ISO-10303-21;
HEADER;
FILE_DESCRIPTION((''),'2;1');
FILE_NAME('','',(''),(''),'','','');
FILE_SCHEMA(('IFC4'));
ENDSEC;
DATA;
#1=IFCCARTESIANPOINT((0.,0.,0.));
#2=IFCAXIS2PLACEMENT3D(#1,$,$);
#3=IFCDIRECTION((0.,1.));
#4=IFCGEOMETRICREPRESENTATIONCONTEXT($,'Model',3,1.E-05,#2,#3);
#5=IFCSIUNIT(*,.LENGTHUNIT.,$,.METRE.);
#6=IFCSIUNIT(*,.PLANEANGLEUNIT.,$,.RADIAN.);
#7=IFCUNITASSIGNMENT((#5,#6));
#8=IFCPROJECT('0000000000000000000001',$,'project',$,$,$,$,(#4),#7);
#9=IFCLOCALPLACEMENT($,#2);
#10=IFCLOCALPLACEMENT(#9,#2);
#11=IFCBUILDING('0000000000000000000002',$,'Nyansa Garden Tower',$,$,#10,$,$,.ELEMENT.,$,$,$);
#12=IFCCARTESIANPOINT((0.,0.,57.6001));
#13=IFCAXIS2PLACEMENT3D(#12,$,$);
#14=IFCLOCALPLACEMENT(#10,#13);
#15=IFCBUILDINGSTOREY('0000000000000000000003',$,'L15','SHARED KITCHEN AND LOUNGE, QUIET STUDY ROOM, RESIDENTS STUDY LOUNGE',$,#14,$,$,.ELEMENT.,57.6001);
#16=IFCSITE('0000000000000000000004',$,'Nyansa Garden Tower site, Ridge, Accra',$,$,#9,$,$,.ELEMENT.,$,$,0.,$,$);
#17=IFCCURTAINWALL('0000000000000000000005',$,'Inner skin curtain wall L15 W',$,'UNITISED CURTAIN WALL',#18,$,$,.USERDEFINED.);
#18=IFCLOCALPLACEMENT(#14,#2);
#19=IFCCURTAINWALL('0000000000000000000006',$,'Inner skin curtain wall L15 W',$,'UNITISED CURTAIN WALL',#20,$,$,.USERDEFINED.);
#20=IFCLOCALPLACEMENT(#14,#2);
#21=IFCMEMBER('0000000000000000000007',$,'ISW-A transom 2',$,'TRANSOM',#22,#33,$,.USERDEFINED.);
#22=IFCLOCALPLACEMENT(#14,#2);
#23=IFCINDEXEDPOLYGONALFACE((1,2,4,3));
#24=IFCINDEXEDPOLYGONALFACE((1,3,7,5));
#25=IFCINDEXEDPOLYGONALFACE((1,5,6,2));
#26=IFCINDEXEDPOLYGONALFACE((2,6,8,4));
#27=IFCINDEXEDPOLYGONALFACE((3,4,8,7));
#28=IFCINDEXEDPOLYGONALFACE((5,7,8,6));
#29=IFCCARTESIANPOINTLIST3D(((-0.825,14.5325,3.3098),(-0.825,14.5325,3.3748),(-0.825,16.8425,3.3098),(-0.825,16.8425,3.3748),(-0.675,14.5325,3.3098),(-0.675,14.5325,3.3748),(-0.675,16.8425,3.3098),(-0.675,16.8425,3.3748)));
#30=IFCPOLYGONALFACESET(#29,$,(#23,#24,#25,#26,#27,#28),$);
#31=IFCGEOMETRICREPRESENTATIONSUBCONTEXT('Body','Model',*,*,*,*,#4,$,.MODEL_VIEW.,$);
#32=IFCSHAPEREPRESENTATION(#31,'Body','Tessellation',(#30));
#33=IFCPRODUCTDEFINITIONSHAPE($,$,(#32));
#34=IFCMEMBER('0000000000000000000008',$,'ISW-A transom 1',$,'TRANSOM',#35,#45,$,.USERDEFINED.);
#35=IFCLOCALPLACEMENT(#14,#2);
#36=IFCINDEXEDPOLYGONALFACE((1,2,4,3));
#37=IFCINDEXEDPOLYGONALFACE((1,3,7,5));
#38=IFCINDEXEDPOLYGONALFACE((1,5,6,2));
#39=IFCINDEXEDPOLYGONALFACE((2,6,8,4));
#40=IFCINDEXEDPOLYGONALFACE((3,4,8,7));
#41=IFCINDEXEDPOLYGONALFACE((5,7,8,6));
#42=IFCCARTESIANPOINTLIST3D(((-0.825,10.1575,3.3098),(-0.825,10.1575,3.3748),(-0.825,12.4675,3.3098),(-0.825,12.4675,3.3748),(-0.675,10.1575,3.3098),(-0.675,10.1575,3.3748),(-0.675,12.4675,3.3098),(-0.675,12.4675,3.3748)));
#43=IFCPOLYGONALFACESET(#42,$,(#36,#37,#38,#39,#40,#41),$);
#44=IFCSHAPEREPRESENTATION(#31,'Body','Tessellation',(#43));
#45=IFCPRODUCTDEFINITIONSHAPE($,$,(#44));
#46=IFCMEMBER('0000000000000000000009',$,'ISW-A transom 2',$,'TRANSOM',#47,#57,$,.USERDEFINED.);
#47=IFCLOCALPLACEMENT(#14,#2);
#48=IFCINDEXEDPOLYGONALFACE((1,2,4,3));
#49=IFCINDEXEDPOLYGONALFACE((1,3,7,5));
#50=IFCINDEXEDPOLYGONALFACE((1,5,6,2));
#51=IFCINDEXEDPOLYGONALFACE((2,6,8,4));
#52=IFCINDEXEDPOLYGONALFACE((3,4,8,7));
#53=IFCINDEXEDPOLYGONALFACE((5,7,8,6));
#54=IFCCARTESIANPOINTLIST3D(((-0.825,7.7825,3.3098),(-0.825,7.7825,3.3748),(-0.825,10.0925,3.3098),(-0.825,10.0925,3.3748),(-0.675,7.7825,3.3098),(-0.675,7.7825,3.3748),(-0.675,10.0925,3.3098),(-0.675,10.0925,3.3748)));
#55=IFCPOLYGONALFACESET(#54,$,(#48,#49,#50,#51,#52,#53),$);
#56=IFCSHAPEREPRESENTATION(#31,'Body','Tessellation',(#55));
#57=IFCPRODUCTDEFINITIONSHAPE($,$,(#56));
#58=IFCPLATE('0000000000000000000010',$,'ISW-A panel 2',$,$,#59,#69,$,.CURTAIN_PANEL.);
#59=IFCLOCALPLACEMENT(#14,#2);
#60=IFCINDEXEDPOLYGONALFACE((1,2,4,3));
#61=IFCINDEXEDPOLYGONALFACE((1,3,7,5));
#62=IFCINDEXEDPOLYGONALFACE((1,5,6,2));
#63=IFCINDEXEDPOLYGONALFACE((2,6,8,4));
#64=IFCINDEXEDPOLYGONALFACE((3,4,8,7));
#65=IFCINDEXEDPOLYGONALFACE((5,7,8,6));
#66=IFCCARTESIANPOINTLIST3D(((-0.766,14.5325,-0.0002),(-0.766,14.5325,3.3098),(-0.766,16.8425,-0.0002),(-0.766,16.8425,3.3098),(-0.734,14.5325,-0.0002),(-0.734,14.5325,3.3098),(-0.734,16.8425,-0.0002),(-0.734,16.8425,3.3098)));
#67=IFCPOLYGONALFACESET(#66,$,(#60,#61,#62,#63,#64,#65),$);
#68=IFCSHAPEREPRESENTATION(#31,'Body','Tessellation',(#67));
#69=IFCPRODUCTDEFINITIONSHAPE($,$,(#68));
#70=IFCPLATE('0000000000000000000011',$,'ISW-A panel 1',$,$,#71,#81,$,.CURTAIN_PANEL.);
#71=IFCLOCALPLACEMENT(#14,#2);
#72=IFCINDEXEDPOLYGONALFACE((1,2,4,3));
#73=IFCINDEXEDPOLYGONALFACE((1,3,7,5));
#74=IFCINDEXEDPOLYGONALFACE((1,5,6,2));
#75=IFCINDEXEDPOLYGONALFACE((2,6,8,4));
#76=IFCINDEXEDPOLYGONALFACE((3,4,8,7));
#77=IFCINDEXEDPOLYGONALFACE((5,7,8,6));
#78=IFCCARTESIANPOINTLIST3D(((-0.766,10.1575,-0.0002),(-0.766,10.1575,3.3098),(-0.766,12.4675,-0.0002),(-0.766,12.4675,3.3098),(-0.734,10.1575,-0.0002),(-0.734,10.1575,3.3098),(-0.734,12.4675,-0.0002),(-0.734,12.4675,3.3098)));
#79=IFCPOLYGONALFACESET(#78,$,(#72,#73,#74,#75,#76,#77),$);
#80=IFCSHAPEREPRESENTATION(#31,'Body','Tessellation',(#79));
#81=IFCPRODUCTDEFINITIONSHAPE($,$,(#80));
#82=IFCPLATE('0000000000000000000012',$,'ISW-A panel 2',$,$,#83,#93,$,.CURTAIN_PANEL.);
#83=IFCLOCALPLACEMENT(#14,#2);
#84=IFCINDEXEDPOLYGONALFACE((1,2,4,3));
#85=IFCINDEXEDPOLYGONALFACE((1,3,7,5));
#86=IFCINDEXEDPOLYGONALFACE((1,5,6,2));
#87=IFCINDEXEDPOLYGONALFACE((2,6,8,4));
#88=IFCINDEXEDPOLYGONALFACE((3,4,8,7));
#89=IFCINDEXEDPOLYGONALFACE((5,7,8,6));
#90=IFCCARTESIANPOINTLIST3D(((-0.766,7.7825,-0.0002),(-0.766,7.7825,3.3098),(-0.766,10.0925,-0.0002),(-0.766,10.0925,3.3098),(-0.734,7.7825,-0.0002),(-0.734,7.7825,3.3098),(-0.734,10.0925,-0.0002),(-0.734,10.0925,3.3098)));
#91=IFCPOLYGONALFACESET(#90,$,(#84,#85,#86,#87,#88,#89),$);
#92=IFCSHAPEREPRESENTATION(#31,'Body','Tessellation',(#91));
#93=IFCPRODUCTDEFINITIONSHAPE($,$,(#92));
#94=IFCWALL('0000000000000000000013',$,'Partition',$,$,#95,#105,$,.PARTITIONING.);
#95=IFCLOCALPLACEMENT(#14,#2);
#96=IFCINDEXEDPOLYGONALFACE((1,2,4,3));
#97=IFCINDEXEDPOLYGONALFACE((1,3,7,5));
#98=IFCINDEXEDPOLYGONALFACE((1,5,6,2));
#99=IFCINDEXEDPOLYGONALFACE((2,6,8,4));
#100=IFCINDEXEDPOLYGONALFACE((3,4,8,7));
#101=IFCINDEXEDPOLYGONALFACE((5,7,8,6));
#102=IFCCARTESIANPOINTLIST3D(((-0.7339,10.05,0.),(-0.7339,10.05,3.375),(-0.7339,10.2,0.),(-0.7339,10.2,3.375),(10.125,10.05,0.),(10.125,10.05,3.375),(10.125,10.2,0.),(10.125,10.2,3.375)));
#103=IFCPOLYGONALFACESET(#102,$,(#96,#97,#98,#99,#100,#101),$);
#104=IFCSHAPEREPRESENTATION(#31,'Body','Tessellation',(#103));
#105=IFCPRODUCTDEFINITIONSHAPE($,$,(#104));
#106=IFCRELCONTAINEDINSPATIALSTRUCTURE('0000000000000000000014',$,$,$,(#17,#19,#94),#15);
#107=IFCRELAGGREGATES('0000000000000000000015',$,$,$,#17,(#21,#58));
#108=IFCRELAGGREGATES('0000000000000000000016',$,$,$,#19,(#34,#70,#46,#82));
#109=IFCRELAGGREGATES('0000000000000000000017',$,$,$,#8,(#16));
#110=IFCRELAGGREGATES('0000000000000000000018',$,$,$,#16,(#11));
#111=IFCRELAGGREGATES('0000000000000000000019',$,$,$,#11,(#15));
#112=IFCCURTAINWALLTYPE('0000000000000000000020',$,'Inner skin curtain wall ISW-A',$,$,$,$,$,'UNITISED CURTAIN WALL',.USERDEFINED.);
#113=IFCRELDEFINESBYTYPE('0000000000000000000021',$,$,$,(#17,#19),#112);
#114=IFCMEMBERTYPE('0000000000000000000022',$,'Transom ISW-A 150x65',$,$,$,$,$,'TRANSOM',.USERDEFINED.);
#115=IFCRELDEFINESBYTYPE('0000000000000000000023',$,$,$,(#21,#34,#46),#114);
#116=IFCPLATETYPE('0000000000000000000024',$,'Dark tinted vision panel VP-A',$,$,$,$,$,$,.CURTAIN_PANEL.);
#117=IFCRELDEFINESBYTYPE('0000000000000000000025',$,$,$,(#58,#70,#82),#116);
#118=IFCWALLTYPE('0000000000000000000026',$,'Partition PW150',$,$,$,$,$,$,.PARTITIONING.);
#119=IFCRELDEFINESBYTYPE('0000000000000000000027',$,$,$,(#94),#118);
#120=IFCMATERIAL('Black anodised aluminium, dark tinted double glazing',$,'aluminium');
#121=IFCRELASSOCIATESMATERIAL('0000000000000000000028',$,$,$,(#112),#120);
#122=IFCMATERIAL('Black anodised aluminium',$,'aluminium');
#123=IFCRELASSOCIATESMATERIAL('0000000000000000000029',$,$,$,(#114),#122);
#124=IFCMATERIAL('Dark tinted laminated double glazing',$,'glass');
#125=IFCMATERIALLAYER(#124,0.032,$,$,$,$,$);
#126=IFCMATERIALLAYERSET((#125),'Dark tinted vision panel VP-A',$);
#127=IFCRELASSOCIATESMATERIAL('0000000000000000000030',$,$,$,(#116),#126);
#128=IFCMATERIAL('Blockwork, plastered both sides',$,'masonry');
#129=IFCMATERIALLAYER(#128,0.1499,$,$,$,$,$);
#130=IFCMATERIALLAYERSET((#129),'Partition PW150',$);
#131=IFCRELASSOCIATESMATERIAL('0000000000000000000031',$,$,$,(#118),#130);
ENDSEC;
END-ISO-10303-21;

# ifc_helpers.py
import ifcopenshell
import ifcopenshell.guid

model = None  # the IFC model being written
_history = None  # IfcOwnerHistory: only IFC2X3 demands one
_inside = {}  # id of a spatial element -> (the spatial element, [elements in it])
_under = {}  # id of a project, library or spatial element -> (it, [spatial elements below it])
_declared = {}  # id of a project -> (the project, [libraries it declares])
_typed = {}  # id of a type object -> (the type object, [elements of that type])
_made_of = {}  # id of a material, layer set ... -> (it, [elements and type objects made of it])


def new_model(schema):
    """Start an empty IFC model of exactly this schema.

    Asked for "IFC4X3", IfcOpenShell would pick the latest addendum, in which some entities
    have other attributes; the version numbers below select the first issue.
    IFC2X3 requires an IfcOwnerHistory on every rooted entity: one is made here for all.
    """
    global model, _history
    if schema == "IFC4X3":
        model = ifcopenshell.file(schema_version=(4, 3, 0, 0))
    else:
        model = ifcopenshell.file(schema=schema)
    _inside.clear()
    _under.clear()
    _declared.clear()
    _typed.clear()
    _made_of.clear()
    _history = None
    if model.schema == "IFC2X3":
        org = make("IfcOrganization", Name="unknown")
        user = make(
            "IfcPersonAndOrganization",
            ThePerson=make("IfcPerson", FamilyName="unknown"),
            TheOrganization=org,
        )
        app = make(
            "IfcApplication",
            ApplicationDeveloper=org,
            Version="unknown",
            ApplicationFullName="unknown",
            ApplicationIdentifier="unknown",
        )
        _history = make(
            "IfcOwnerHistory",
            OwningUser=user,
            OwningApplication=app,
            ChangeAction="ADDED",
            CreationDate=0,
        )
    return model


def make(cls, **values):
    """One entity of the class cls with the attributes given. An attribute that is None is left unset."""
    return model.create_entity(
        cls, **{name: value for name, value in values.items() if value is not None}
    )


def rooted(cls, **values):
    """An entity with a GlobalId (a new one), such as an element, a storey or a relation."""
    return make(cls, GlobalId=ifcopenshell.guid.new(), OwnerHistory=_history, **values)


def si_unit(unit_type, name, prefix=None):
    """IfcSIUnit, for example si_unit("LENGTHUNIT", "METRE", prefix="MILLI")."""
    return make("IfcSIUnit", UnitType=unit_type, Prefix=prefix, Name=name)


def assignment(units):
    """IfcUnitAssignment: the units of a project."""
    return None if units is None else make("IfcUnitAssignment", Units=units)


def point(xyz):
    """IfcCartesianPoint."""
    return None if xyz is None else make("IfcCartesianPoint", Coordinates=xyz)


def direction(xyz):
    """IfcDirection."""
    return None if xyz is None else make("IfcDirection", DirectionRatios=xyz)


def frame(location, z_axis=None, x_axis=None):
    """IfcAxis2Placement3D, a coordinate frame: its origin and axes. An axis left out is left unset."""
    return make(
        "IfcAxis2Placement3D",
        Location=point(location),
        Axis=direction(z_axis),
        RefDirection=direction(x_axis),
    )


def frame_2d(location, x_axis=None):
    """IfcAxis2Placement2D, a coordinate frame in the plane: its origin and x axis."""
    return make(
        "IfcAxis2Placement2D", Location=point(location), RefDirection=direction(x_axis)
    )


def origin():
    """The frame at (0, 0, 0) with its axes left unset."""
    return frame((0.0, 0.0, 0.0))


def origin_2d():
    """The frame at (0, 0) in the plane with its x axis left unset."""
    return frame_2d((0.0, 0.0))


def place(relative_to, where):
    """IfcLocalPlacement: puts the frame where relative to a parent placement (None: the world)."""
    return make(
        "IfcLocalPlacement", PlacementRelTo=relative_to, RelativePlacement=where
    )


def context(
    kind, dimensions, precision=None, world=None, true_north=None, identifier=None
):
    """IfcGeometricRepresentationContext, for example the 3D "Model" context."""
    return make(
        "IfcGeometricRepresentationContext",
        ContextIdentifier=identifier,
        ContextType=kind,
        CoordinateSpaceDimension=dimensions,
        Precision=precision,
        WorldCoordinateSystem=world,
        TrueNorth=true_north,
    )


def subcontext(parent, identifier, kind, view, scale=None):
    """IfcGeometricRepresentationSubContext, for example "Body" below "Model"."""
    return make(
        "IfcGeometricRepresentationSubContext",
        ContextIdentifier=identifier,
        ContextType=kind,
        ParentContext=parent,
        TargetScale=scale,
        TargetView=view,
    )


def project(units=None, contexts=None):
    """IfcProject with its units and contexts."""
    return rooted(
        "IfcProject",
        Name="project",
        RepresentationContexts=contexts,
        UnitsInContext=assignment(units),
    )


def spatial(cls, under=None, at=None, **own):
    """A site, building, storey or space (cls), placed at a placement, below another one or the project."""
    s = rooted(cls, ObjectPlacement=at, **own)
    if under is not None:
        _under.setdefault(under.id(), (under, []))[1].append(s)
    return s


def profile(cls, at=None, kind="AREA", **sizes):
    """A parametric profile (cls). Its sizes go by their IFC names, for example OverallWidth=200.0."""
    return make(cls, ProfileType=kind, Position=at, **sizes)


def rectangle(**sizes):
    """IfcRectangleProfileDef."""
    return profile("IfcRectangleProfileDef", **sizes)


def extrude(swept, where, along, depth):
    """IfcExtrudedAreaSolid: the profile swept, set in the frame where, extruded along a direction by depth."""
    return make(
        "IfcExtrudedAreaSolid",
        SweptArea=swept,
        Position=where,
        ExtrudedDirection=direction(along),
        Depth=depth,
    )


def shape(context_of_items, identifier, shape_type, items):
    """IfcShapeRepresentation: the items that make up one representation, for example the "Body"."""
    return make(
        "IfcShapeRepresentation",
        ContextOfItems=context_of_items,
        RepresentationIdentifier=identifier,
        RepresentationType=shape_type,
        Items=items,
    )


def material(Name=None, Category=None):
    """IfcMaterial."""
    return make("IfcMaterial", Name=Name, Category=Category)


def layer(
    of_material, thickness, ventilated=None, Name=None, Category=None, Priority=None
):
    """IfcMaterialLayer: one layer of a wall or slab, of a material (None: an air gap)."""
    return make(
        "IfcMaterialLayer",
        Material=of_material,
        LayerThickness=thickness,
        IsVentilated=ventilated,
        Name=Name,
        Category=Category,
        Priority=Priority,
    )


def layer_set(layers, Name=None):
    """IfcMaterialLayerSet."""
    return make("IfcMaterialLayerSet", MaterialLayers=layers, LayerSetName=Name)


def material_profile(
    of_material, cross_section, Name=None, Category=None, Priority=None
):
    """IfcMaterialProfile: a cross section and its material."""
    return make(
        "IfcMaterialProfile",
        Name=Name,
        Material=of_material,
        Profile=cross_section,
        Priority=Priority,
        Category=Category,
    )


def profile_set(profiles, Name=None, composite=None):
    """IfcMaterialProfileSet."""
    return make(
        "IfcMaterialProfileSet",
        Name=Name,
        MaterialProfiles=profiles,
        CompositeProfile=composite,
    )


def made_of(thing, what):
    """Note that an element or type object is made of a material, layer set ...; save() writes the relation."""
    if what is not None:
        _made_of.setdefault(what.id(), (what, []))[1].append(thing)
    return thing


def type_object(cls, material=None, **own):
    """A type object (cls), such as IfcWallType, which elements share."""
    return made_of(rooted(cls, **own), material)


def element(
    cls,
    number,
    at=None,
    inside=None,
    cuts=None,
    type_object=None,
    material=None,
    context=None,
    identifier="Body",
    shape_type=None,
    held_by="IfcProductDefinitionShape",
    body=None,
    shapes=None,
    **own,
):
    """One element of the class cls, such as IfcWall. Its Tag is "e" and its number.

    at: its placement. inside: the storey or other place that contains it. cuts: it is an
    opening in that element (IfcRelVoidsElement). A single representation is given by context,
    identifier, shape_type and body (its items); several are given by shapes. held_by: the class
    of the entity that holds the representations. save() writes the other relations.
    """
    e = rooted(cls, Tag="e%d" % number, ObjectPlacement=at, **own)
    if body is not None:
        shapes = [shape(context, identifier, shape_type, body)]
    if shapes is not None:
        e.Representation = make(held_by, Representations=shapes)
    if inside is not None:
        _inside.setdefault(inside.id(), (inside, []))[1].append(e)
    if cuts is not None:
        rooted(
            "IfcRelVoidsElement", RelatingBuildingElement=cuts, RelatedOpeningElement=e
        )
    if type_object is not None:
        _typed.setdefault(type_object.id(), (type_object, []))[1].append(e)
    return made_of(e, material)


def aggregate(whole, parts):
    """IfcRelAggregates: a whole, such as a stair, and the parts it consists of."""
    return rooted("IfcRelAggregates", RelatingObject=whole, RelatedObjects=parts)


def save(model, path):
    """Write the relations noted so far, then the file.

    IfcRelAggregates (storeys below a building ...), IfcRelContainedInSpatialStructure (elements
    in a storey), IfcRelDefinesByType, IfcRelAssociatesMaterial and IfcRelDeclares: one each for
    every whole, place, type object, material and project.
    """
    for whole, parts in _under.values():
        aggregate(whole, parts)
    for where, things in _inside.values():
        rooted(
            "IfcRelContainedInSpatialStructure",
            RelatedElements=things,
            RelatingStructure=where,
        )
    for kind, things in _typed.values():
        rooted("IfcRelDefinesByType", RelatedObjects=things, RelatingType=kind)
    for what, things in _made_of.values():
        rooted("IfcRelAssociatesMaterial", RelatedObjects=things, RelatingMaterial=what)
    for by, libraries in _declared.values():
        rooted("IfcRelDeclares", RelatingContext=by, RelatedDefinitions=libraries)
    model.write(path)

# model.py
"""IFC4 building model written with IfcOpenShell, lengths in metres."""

from ifc_helpers import new_model, si_unit, direction, frame, frame_2d, origin, origin_2d, place, context, subcontext, project, spatial, rectangle, extrude, material, layer, layer_set, material_profile, profile_set, type_object, element, aggregate, save


model = new_model("IFC4")

# Units and contexts
model_context = context("Model", 3, precision=1e-05, world=origin(), true_north=direction((0.0, 1.0)))
body_context = subcontext(model_context, "Body", "Model", "MODEL_VIEW")
ifc_project = project(units=[si_unit("LENGTHUNIT", "METRE"), si_unit("PLANEANGLEUNIT", "RADIAN")], contexts=[model_context])

# Site, building, storey
site_placement = place(None, origin())
site = spatial("IfcSite", under=ifc_project, at=site_placement, Name="Nyansa Garden Tower site, Ridge, Accra", CompositionType="ELEMENT", RefElevation=0.0)
building_placement = place(site_placement, origin())
building = spatial("IfcBuilding", under=site, at=building_placement, Name="Nyansa Garden Tower", CompositionType="ELEMENT")
storey_placement = place(building_placement, frame((0.0, 0.0, 57.6001)))
storey = spatial("IfcBuildingStorey", under=building, at=storey_placement, Name="L15", Description="SHARED KITCHEN AND LOUNGE, QUIET STUDY ROOM, RESIDENTS STUDY LOUNGE", CompositionType="ELEMENT", Elevation=57.6001)

# Curtain wall
ifc_material_1 = material(Name="Black anodised aluminium, dark tinted double glazing", Category="aluminium")
curtain_wall_type = type_object("IfcCurtainWallType", Name="Inner skin curtain wall ISW-A", ElementType="UNITISED CURTAIN WALL", PredefinedType="USERDEFINED", material=ifc_material_1)
curtain_wall_1_placement = place(storey_placement, origin())
curtain_wall_1 = element("IfcCurtainWall", 1, at=curtain_wall_1_placement, inside=storey, type_object=curtain_wall_type, Name="Inner skin curtain wall L15 W", ObjectType="UNITISED CURTAIN WALL", PredefinedType="USERDEFINED")

# Curtain wall
curtain_wall_2_placement = place(storey_placement, origin())
curtain_wall_2 = element("IfcCurtainWall", 2, at=curtain_wall_2_placement, inside=storey, type_object=curtain_wall_type, Name="Inner skin curtain wall L15 W", ObjectType="UNITISED CURTAIN WALL", PredefinedType="USERDEFINED")

# Members
ifc_material_2 = material(Name="Black anodised aluminium", Category="aluminium")
ifc_material_profile_1 = material_profile(ifc_material_2, rectangle(XDim=0.1499, YDim=0.0649, at=origin_2d()), Name="Transom 150x65")
ifc_profile_set_1 = profile_set([ifc_material_profile_1], Name="Black anodised aluminium")
member_type_1 = type_object("IfcMemberType", Name="Transom ISW-A 150x65", ElementType="TRANSOM", PredefinedType="USERDEFINED", material=ifc_profile_set_1)
member_1_placement = place(storey_placement, frame((-0.75, 16.8425, 3.3423), z_axis=(0.0, -1.0, 0.0), x_axis=(1.0, 0.0, 0.0)))
member_1 = element("IfcMember", 3, at=member_1_placement, type_object=member_type_1, Name="ISW-A transom 2", ObjectType="TRANSOM", PredefinedType="USERDEFINED", context=body_context, shape_type="SweptSolid", body=[
    extrude(rectangle(XDim=0.1499, YDim=0.0649, at=origin_2d()), origin(), (0.0, 0.0, 1.0), 2.3101),
])
member_2_placement = place(storey_placement, frame((-0.75, 12.4675, 3.3423), z_axis=(0.0, -1.0, 0.0), x_axis=(1.0, 0.0, 0.0)))
member_2 = element("IfcMember", 4, at=member_2_placement, type_object=member_type_1, Name="ISW-A transom 1", ObjectType="TRANSOM", PredefinedType="USERDEFINED", context=body_context, shape_type="SweptSolid", body=[
    extrude(rectangle(XDim=0.1499, YDim=0.0649, at=origin_2d()), origin(), (0.0, 0.0, 1.0), 2.3101),
])
member_3_placement = place(storey_placement, frame((-0.75, 10.0925, 3.3423), z_axis=(0.0, -1.0, 0.0), x_axis=(1.0, 0.0, 0.0)))
member_3 = element("IfcMember", 5, at=member_3_placement, type_object=member_type_1, Name="ISW-A transom 2", ObjectType="TRANSOM", PredefinedType="USERDEFINED", context=body_context, shape_type="SweptSolid", body=[
    extrude(rectangle(XDim=0.1499, YDim=0.0649, at=origin_2d()), origin(), (0.0, 0.0, 1.0), 2.3101),
])

# Plates
ifc_material_3 = material(Name="Dark tinted laminated double glazing", Category="glass")
ifc_layer_1 = layer(ifc_material_3, 0.032)
ifc_layer_set_1 = layer_set([ifc_layer_1], Name="Dark tinted vision panel VP-A")
plate_type = type_object("IfcPlateType", Name="Dark tinted vision panel VP-A", PredefinedType="CURTAIN_PANEL", material=ifc_layer_set_1)
plate_1_placement = place(storey_placement, frame((-0.75, 15.6875, -0.0002), z_axis=(0.0, 0.0, 1.0), x_axis=(0.0, -1.0, 0.0)))
plate_1 = element("IfcPlate", 6, at=plate_1_placement, type_object=plate_type, Name="ISW-A panel 2", PredefinedType="CURTAIN_PANEL", context=body_context, shape_type="SweptSolid", body=[
    extrude(rectangle(XDim=2.3101, YDim=0.032, at=origin_2d()), origin(), (0.0, 0.0, 1.0), 3.3101),
])
aggregate(curtain_wall_1, [member_1, plate_1])
plate_2_placement = place(storey_placement, frame((-0.75, 11.3125, -0.0002), z_axis=(0.0, 0.0, 1.0), x_axis=(0.0, -1.0, 0.0)))
plate_2 = element("IfcPlate", 7, at=plate_2_placement, type_object=plate_type, Name="ISW-A panel 1", PredefinedType="CURTAIN_PANEL", context=body_context, shape_type="SweptSolid", body=[
    extrude(rectangle(XDim=2.3101, YDim=0.032, at=origin_2d()), origin(), (0.0, 0.0, 1.0), 3.3101),
])
plate_3_placement = place(storey_placement, frame((-0.75, 8.9375, -0.0002), z_axis=(0.0, 0.0, 1.0), x_axis=(0.0, -1.0, 0.0)))
plate_3 = element("IfcPlate", 8, at=plate_3_placement, type_object=plate_type, Name="ISW-A panel 2", PredefinedType="CURTAIN_PANEL", context=body_context, shape_type="SweptSolid", body=[
    extrude(rectangle(XDim=2.3101, YDim=0.032, at=origin_2d()), origin(), (0.0, 0.0, 1.0), 3.3101),
])
aggregate(curtain_wall_2, [member_2, plate_2, member_3, plate_3])

# Wall
ifc_material_4 = material(Name="Blockwork, plastered both sides", Category="masonry")
ifc_layer_2 = layer(ifc_material_4, 0.1499)
ifc_layer_set_2 = layer_set([ifc_layer_2], Name="Partition PW150")
wall_type_1 = type_object("IfcWallType", Name="Partition PW150", PredefinedType="PARTITIONING", material=ifc_layer_set_2)
wall_1_placement = place(storey_placement, frame((-0.7339, 10.125, 0.0), z_axis=(0.0, 0.0, 1.0), x_axis=(1.0, 0.0, 0.0)))
element("IfcWall", 9, at=wall_1_placement, inside=storey, type_object=wall_type_1, Name="Partition", PredefinedType="PARTITIONING", context=body_context, shape_type="SweptSolid", body=[
    extrude(rectangle(XDim=10.8589, YDim=0.1499, at=frame_2d((5.4294, 0.0))), origin(), (0.0, 0.0, 1.0), 3.375),
])

save(model, "model.ifc")
